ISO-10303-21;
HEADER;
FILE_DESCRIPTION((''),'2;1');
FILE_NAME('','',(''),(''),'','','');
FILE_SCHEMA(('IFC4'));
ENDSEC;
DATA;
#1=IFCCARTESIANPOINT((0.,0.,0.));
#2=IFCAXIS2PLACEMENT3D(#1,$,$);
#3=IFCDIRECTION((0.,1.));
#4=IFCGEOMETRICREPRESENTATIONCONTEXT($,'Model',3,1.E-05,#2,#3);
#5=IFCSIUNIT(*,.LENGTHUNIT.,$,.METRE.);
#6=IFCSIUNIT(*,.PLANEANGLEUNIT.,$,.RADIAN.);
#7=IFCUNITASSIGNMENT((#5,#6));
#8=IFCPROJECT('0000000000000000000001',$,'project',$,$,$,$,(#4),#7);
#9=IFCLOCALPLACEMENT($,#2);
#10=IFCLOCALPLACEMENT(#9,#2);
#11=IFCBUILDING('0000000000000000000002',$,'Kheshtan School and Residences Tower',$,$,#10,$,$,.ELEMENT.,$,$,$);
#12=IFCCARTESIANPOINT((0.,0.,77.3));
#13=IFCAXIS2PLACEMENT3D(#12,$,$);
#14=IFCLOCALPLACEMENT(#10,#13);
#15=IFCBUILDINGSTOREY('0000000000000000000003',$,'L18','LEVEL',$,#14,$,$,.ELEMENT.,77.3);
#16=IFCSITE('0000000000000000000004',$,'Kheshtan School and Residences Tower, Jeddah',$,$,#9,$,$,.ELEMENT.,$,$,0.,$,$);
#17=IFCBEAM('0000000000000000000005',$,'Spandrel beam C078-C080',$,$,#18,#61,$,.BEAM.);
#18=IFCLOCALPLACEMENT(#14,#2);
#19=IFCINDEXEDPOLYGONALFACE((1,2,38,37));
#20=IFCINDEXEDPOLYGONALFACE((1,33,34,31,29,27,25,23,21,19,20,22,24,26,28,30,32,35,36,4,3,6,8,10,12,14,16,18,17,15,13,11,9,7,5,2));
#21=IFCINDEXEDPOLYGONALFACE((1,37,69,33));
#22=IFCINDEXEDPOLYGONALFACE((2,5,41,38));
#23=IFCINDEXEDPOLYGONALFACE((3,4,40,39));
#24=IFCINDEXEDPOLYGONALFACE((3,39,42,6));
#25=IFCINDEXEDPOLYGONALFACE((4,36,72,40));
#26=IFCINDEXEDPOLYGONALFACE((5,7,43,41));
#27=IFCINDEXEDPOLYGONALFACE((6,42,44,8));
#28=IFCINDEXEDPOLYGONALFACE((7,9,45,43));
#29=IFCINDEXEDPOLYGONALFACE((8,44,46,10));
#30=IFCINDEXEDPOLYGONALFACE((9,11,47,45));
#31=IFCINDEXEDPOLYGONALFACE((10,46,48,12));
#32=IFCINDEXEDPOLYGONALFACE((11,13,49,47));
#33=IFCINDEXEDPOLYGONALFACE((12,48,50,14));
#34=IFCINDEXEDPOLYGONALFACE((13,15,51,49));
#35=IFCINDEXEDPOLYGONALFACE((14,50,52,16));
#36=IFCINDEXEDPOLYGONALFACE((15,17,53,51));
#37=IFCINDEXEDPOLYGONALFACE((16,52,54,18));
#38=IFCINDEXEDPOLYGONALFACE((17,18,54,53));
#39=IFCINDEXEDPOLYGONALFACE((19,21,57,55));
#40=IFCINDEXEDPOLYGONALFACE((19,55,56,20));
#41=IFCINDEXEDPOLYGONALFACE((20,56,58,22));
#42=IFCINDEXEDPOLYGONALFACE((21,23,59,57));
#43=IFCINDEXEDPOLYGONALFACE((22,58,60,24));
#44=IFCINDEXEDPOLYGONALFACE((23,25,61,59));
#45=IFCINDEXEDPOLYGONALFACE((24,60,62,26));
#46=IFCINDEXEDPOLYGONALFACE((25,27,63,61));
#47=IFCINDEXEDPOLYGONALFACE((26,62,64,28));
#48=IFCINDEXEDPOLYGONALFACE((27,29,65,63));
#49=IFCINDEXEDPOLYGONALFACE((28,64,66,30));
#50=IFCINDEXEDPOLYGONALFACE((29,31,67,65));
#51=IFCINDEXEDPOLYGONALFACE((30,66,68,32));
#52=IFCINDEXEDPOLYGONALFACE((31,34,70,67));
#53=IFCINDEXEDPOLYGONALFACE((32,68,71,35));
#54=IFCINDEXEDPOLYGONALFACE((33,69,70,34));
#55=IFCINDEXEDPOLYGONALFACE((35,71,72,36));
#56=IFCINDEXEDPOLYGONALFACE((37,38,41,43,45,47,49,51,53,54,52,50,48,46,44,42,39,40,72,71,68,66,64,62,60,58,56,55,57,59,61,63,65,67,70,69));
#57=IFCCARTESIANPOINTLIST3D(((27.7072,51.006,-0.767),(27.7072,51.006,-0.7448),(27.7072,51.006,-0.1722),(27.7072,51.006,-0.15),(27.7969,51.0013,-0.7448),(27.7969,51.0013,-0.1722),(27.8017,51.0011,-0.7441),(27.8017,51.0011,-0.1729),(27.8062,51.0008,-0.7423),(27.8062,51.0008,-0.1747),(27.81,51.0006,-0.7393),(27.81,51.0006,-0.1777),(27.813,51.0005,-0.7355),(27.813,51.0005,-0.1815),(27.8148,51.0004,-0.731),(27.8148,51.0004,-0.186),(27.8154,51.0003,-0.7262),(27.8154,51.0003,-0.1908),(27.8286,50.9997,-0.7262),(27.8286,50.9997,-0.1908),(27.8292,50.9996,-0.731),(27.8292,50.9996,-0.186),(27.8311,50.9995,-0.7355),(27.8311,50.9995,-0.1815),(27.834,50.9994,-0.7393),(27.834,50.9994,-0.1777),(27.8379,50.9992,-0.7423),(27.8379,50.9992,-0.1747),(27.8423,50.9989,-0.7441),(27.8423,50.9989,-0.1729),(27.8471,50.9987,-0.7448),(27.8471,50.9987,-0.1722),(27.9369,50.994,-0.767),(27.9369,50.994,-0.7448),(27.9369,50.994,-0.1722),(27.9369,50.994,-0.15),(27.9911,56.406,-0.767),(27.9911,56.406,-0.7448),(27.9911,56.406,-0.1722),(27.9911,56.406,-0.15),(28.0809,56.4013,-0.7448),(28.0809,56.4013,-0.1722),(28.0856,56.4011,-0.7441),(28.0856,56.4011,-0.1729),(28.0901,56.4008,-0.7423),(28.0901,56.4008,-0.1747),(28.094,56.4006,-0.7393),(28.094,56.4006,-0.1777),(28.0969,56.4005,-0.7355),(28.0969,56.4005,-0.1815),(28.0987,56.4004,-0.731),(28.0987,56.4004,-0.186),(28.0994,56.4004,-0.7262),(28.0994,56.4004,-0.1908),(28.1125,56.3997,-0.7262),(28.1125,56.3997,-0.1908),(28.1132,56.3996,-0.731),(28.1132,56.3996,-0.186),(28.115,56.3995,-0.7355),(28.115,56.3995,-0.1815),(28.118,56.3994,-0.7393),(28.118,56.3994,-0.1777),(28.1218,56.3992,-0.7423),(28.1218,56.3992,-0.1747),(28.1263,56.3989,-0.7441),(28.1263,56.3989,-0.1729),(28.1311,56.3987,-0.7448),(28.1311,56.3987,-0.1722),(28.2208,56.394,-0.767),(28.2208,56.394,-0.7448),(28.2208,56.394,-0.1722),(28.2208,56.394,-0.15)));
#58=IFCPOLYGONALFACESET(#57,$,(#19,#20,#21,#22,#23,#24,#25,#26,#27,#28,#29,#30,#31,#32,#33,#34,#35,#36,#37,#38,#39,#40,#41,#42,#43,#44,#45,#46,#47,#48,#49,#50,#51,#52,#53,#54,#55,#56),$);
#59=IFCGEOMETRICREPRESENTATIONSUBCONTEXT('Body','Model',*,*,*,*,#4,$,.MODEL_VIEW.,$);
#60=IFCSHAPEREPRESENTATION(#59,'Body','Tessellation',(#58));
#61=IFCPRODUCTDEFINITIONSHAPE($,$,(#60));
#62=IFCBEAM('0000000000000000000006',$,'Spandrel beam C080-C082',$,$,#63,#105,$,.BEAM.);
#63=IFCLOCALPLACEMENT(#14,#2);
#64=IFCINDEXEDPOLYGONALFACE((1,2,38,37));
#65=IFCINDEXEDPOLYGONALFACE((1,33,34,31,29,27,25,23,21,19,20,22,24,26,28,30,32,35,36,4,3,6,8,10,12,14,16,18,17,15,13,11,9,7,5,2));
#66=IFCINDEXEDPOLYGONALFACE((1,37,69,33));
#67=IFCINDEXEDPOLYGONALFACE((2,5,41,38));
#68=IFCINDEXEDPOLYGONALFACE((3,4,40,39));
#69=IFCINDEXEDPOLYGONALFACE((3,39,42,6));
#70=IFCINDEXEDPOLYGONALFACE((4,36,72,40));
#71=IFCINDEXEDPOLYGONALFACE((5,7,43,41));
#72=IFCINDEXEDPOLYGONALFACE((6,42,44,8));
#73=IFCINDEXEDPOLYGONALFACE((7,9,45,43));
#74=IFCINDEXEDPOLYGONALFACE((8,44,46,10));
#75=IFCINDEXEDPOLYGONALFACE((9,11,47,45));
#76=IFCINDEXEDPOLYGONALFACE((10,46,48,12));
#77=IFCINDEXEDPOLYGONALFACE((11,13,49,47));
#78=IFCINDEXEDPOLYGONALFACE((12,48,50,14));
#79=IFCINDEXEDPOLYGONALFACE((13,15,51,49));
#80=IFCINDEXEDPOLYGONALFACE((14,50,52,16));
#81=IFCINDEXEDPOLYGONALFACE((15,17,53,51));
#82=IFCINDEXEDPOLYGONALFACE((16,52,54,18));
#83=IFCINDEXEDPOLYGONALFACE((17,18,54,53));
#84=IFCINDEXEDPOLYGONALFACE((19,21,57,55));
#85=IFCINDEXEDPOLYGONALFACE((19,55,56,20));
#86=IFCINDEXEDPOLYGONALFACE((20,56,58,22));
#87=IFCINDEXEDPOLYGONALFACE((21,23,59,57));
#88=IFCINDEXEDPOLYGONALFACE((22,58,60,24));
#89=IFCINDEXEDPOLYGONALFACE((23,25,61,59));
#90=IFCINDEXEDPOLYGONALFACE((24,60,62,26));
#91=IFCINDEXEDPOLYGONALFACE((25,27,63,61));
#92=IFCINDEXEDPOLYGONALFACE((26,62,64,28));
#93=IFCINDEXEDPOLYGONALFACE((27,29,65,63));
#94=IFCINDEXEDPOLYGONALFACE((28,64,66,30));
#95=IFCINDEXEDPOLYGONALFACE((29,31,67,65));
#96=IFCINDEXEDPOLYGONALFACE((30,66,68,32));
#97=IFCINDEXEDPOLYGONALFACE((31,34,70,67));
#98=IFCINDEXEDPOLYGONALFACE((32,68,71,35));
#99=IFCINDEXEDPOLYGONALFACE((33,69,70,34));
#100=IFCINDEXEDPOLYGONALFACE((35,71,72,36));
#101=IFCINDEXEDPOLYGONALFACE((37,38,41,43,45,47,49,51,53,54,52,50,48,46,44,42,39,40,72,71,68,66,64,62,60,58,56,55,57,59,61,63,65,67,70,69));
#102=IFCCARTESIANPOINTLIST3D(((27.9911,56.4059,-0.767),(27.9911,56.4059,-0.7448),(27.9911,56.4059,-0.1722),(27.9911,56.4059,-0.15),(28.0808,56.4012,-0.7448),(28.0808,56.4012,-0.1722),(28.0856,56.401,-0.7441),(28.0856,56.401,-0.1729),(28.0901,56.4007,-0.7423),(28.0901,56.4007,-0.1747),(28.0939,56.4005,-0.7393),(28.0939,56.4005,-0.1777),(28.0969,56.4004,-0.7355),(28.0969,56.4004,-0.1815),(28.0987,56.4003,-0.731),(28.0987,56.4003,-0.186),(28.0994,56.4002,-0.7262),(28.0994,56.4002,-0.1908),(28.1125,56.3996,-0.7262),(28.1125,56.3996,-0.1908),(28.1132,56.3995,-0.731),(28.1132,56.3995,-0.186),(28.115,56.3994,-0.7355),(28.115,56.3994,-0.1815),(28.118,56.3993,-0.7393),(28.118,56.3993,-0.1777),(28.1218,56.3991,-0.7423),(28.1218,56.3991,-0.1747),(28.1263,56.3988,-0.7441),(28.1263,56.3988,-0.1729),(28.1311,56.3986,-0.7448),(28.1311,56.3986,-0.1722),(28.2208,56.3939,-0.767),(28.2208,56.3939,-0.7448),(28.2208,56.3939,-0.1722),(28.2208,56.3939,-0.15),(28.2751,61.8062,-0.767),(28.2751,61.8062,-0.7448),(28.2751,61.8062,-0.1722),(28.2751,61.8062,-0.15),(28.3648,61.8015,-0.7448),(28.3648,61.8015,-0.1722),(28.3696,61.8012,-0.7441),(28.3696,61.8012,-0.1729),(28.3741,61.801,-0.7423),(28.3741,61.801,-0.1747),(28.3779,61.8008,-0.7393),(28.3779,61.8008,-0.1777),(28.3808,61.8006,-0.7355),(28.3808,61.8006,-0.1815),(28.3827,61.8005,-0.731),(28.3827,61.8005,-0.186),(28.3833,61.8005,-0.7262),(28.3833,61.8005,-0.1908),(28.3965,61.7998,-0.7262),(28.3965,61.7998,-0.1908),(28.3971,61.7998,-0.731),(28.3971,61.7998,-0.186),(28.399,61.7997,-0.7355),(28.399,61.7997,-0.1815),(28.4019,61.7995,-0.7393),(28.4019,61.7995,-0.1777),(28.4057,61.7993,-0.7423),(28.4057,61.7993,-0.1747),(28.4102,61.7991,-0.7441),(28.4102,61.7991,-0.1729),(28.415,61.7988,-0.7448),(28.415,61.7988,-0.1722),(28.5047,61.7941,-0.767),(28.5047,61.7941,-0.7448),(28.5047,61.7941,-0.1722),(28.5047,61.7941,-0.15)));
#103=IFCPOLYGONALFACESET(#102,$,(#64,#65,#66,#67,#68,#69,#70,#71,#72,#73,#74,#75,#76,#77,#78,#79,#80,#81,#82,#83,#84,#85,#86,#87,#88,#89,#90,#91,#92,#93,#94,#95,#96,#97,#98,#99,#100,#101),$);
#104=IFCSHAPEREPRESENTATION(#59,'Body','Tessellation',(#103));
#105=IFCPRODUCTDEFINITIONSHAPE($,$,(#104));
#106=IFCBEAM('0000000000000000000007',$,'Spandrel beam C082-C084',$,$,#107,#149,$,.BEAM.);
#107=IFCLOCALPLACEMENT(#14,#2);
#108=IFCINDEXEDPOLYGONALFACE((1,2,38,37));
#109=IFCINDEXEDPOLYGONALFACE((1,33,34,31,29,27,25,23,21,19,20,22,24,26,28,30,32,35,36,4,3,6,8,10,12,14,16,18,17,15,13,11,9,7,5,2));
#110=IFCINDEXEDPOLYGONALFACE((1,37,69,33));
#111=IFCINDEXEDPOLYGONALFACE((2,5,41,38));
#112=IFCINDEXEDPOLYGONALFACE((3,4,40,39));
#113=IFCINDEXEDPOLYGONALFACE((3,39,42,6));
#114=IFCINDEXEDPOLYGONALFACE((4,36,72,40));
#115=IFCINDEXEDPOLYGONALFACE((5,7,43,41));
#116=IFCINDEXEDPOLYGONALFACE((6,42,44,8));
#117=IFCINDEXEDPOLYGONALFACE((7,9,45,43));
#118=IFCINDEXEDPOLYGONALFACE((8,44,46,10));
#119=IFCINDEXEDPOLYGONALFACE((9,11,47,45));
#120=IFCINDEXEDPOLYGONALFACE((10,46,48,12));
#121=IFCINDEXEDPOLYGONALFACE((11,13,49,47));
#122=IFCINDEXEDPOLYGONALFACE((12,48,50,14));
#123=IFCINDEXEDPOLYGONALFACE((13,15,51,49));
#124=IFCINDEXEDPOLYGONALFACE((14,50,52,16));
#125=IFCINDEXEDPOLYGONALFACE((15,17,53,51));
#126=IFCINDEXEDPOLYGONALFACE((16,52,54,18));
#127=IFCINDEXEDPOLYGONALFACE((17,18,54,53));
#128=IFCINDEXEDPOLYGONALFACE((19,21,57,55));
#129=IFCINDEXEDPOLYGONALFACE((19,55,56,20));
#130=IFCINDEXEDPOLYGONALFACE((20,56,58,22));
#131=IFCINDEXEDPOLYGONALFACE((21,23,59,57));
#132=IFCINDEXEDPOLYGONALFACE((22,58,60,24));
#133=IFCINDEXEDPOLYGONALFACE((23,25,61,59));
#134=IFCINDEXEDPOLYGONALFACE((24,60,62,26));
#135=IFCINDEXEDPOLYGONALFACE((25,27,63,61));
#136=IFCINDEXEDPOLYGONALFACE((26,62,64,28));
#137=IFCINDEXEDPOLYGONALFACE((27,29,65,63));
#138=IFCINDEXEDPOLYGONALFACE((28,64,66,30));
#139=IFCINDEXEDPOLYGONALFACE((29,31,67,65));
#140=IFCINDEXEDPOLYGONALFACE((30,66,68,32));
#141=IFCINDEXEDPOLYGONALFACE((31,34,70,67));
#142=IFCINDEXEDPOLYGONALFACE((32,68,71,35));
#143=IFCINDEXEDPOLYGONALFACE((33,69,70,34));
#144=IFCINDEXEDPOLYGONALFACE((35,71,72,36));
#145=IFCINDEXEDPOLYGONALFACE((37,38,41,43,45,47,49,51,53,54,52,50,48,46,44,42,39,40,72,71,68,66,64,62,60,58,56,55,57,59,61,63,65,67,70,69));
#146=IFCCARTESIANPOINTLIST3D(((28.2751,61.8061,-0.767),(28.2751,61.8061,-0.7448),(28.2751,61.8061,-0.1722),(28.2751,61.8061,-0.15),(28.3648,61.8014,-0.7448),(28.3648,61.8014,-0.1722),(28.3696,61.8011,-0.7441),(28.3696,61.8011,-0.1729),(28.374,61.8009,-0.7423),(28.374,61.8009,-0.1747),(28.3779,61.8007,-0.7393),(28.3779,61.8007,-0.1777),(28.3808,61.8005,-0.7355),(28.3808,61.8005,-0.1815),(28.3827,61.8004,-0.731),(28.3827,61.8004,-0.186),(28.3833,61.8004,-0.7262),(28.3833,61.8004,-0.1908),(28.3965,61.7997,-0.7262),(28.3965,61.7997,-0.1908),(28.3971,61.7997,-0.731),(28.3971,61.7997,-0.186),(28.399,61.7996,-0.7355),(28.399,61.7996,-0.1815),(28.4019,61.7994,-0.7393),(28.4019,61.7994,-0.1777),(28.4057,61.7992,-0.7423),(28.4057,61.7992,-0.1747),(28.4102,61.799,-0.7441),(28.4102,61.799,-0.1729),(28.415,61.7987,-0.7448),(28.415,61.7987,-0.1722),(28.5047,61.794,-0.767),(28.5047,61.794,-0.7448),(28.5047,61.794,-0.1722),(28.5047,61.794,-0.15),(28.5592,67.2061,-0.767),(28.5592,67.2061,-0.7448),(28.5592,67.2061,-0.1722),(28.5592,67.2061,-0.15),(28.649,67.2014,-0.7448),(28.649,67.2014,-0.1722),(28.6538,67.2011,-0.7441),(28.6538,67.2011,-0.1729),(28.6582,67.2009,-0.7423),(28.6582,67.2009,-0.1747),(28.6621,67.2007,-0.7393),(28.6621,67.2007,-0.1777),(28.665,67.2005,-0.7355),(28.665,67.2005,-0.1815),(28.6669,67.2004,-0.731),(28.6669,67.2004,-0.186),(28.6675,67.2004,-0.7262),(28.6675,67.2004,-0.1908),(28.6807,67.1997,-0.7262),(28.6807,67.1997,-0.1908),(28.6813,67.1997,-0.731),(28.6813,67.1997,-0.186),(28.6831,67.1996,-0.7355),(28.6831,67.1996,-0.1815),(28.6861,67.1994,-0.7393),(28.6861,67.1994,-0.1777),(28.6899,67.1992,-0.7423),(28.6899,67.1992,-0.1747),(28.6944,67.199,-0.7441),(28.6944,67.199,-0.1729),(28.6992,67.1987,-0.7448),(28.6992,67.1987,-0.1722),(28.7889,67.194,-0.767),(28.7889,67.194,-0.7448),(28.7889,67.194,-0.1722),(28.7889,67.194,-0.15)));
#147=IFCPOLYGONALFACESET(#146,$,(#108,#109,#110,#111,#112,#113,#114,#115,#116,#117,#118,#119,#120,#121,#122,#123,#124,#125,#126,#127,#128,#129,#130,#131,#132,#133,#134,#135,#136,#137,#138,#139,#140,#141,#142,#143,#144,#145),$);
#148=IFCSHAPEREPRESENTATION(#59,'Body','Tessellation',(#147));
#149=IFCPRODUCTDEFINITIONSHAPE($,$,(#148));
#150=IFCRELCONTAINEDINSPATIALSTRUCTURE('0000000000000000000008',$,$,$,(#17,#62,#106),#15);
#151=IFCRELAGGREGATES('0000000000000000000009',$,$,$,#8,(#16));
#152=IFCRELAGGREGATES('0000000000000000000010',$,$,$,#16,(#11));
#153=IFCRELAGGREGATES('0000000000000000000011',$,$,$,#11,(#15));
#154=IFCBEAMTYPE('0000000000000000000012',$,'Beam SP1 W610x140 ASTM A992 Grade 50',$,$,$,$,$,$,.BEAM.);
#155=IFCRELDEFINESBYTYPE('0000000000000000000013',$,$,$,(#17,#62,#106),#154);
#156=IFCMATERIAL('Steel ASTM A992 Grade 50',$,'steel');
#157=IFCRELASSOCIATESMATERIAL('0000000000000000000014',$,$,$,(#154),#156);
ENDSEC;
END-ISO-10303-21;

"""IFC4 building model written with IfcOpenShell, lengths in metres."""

from ifc_helpers import new_model, si_unit, direction, frame, origin, origin_2d, place, context, subcontext, project, spatial, i_section, extrude, material, material_profile, profile_set, type_object, element, save


model = new_model("IFC4")

# Units and contexts
model_context = context("Model", 3, precision=1e-05, world=origin(), true_north=direction((0.0, 1.0)))
body_context = subcontext(model_context, "Body", "Model", "MODEL_VIEW")
ifc_project = project(units=[si_unit("LENGTHUNIT", "METRE"), si_unit("PLANEANGLEUNIT", "RADIAN")], contexts=[model_context])

# Site, building, storey
site_placement = place(None, origin())
site = spatial("IfcSite", under=ifc_project, at=site_placement, Name="Kheshtan School and Residences Tower, Jeddah", CompositionType="ELEMENT", RefElevation=0.0)
building_placement = place(site_placement, origin())
building = spatial("IfcBuilding", under=site, at=building_placement, Name="Kheshtan School and Residences Tower", CompositionType="ELEMENT")
storey_placement = place(building_placement, frame((0.0, 0.0, 77.3)))
storey = spatial("IfcBuildingStorey", under=building, at=storey_placement, Name="L18", Description="LEVEL", CompositionType="ELEMENT", Elevation=77.3)

# Shared definitions
ifc_material_1 = material(Name="Steel ASTM A992 Grade 50", Category="steel")

# Beams
ifc_material_profile_1 = material_profile(ifc_material_1, i_section(OverallWidth=0.23, OverallDepth=0.6169, WebThickness=0.0132, FlangeThickness=0.0222, FilletRadius=0.0186, at=origin_2d()), Name="W610x140")
ifc_profile_set_1 = profile_set([ifc_material_profile_1], Name="Steel ASTM A992 Grade 50")
beam_type_1 = type_object("IfcBeamType", Name="Beam SP1 W610x140 ASTM A992 Grade 50", PredefinedType="BEAM", material=ifc_profile_set_1)
beam_1_placement = place(storey_placement, frame((27.822, 51.0, -0.4585), z_axis=(0.052509, 0.99862, 0.0), x_axis=(-0.99862, 0.052509, 0.0)))
element("IfcBeam", 1, at=beam_1_placement, inside=storey, type_object=beam_type_1, Name="Spandrel beam C078-C080", PredefinedType="BEAM", context=body_context, shape_type="SweptSolid", body=[
    extrude(i_section(OverallWidth=0.23, OverallDepth=0.6169, WebThickness=0.0132, FlangeThickness=0.0222, FilletRadius=0.0186, at=origin_2d()), origin(), (0.0, 0.0, 1.0), 5.4075),
])
beam_2_placement = place(storey_placement, frame((28.106, 56.3999, -0.4585), z_axis=(0.052507, 0.998621, 0.0), x_axis=(-0.998621, 0.052507, 0.0)))
element("IfcBeam", 2, at=beam_2_placement, inside=storey, type_object=beam_type_1, Name="Spandrel beam C080-C082", PredefinedType="BEAM", context=body_context, shape_type="SweptSolid", body=[
    extrude(i_section(OverallWidth=0.23, OverallDepth=0.6169, WebThickness=0.0132, FlangeThickness=0.0222, FilletRadius=0.0186, at=origin_2d()), origin(), (0.0, 0.0, 1.0), 5.4077),
])
beam_3_placement = place(storey_placement, frame((28.3899, 61.8, -0.4585), z_axis=(0.052554, 0.998618, 0.0), x_axis=(-0.998618, 0.052554, 0.0)))
element("IfcBeam", 3, at=beam_3_placement, inside=storey, type_object=beam_type_1, Name="Spandrel beam C082-C084", PredefinedType="BEAM", context=body_context, shape_type="SweptSolid", body=[
    extrude(i_section(OverallWidth=0.23, OverallDepth=0.6169, WebThickness=0.0132, FlangeThickness=0.0222, FilletRadius=0.0186, at=origin_2d()), origin(), (0.0, 0.0, 1.0), 5.4075),
])

save(model, "model.ifc")
